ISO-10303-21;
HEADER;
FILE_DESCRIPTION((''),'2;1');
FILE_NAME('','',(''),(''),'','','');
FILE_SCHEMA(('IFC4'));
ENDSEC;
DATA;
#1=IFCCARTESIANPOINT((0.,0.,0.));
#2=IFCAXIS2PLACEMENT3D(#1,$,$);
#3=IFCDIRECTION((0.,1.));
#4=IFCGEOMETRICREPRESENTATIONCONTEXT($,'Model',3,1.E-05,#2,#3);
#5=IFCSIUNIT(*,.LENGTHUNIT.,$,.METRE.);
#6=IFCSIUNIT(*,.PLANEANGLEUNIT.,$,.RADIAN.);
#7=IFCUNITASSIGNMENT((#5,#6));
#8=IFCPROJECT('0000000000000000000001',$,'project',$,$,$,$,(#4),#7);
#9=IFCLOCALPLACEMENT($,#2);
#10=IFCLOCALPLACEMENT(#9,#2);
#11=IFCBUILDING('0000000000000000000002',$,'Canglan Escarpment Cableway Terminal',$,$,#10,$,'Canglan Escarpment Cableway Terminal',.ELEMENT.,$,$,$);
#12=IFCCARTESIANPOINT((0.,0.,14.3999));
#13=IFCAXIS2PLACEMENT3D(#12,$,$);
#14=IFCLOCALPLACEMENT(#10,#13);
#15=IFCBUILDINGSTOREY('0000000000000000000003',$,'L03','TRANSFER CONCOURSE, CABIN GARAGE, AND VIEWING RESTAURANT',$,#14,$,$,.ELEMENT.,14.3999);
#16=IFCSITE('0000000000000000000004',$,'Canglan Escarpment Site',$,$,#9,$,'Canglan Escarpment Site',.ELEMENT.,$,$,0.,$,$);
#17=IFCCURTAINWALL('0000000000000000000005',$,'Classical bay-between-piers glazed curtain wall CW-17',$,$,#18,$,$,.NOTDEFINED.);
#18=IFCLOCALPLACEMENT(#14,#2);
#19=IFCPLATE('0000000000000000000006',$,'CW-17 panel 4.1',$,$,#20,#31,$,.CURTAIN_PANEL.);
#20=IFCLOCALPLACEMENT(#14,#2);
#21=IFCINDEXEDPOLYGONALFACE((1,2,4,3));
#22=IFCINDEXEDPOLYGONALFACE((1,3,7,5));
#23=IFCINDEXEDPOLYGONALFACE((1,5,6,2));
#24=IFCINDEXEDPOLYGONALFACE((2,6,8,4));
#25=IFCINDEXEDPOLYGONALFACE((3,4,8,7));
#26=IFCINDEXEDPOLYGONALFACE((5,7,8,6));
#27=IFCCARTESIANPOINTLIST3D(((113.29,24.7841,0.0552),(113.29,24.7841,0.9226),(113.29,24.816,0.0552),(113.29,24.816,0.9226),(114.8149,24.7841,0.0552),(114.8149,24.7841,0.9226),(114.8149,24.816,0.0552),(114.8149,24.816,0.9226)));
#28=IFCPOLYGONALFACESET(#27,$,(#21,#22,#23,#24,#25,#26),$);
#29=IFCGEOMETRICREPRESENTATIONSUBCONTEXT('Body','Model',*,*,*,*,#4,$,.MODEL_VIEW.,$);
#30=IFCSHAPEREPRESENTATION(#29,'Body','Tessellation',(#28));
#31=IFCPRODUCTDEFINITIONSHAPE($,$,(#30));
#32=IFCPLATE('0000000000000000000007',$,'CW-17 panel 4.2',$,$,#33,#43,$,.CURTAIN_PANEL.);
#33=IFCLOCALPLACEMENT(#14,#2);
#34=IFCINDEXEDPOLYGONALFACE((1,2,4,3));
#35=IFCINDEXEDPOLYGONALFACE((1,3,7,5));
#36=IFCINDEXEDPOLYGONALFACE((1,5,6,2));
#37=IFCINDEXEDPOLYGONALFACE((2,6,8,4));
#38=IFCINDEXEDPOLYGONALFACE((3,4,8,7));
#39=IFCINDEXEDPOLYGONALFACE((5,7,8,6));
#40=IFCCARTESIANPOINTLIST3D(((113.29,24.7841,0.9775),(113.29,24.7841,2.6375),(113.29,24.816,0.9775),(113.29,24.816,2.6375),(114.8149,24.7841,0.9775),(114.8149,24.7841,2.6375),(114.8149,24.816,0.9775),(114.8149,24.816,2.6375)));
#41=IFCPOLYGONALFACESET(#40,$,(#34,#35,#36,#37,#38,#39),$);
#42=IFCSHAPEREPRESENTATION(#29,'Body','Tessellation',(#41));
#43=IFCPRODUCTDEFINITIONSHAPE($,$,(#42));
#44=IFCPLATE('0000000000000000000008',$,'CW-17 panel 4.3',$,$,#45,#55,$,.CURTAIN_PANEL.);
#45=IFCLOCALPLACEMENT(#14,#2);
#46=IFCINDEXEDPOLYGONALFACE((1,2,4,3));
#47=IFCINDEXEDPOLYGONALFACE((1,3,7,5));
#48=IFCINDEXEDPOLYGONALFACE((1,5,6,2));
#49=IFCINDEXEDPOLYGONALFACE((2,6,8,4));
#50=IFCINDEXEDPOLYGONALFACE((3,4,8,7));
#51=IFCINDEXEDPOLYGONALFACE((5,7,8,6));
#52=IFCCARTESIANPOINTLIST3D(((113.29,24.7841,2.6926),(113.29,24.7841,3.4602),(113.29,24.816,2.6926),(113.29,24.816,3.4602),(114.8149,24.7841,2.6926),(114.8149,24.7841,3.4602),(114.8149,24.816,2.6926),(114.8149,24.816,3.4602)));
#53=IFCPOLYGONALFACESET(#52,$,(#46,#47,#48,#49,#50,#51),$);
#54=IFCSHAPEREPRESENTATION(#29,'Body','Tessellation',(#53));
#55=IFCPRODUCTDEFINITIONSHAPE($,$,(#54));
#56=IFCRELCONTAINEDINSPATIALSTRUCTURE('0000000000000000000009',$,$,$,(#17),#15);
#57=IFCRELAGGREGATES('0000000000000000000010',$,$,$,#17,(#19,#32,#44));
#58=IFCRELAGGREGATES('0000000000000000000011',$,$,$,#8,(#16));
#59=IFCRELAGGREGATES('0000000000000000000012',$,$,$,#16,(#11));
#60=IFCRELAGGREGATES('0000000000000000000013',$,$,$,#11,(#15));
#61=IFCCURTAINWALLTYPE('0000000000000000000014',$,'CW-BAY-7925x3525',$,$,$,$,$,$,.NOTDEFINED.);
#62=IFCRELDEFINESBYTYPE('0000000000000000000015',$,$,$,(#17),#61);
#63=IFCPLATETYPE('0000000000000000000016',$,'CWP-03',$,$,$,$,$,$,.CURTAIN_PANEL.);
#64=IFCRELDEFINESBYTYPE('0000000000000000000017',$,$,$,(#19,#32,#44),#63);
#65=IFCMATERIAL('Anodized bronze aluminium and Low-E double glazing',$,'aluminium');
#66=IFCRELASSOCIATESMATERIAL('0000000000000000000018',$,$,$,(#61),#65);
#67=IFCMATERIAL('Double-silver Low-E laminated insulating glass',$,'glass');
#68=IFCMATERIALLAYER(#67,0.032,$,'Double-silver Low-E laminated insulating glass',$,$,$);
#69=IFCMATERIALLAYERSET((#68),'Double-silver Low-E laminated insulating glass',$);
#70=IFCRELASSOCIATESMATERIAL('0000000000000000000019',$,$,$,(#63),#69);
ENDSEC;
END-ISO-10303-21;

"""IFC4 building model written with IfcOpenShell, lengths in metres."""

from ifc_helpers import new_model, si_unit, direction, frame, origin, origin_2d, place, context, subcontext, project, spatial, rectangle, extrude, material, layer, layer_set, type_object, element, aggregate, save


model = new_model("IFC4")

# Units and contexts
model_context = context("Model", 3, precision=1e-05, world=origin(), true_north=direction((0.0, 1.0)))
body_context = subcontext(model_context, "Body", "Model", "MODEL_VIEW")
ifc_project = project(units=[si_unit("LENGTHUNIT", "METRE"), si_unit("PLANEANGLEUNIT", "RADIAN")], contexts=[model_context])

# Site, building, storey
site_placement = place(None, origin())
site = spatial("IfcSite", under=ifc_project, at=site_placement, Name="Canglan Escarpment Site", LongName="Canglan Escarpment Site", CompositionType="ELEMENT", RefElevation=0.0)
building_placement = place(site_placement, origin())
building = spatial("IfcBuilding", under=site, at=building_placement, Name="Canglan Escarpment Cableway Terminal", LongName="Canglan Escarpment Cableway Terminal", CompositionType="ELEMENT")
storey_placement = place(building_placement, frame((0.0, 0.0, 14.3999)))
storey = spatial("IfcBuildingStorey", under=building, at=storey_placement, Name="L03", Description="TRANSFER CONCOURSE, CABIN GARAGE, AND VIEWING RESTAURANT", CompositionType="ELEMENT", Elevation=14.3999)

# Curtain wall, plates
ifc_material_1 = material(Name="Anodized bronze aluminium and Low-E double glazing", Category="aluminium")
curtain_wall_type = type_object("IfcCurtainWallType", Name="CW-BAY-7925x3525", PredefinedType="NOTDEFINED", material=ifc_material_1)
curtain_wall_placement = place(storey_placement, origin())
curtain_wall = element("IfcCurtainWall", 1, at=curtain_wall_placement, inside=storey, type_object=curtain_wall_type, Name="Classical bay-between-piers glazed curtain wall CW-17", PredefinedType="NOTDEFINED")
ifc_material_2 = material(Name="Double-silver Low-E laminated insulating glass", Category="glass")
ifc_layer = layer(ifc_material_2, 0.032, Name="Double-silver Low-E laminated insulating glass")
ifc_layer_set = layer_set([ifc_layer], Name="Double-silver Low-E laminated insulating glass")
plate_type = type_object("IfcPlateType", Name="CWP-03", PredefinedType="CURTAIN_PANEL", material=ifc_layer_set)
plate_1_placement = place(storey_placement, frame((114.0525, 24.8, 0.0552), z_axis=(0.0, 0.0, 1.0), x_axis=(-1.0, 0.0, 0.0)))
plate_1 = element("IfcPlate", 2, at=plate_1_placement, type_object=plate_type, Name="CW-17 panel 4.1", PredefinedType="CURTAIN_PANEL", context=body_context, shape_type="SweptSolid", body=[
    extrude(rectangle(XDim=1.5249, YDim=0.032, at=origin_2d()), origin(), (0.0, 0.0, 1.0), 0.8674),
])
plate_2_placement = place(storey_placement, frame((114.0525, 24.8, 0.9775), z_axis=(0.0, 0.0, 1.0), x_axis=(-1.0, 0.0, 0.0)))
plate_2 = element("IfcPlate", 3, at=plate_2_placement, type_object=plate_type, Name="CW-17 panel 4.2", PredefinedType="CURTAIN_PANEL", context=body_context, shape_type="SweptSolid", body=[
    extrude(rectangle(XDim=1.5249, YDim=0.032, at=origin_2d()), origin(), (0.0, 0.0, 1.0), 1.6599),
])
plate_3_placement = place(storey_placement, frame((114.0525, 24.8, 2.6926), z_axis=(0.0, 0.0, 1.0), x_axis=(-1.0, 0.0, 0.0)))
plate_3 = element("IfcPlate", 4, at=plate_3_placement, type_object=plate_type, Name="CW-17 panel 4.3", PredefinedType="CURTAIN_PANEL", context=body_context, shape_type="SweptSolid", body=[
    extrude(rectangle(XDim=1.5249, YDim=0.032, at=origin_2d()), origin(), (0.0, 0.0, 1.0), 0.7676),
])
aggregate(curtain_wall, [plate_1, plate_2, plate_3])

save(model, "model.ifc")
